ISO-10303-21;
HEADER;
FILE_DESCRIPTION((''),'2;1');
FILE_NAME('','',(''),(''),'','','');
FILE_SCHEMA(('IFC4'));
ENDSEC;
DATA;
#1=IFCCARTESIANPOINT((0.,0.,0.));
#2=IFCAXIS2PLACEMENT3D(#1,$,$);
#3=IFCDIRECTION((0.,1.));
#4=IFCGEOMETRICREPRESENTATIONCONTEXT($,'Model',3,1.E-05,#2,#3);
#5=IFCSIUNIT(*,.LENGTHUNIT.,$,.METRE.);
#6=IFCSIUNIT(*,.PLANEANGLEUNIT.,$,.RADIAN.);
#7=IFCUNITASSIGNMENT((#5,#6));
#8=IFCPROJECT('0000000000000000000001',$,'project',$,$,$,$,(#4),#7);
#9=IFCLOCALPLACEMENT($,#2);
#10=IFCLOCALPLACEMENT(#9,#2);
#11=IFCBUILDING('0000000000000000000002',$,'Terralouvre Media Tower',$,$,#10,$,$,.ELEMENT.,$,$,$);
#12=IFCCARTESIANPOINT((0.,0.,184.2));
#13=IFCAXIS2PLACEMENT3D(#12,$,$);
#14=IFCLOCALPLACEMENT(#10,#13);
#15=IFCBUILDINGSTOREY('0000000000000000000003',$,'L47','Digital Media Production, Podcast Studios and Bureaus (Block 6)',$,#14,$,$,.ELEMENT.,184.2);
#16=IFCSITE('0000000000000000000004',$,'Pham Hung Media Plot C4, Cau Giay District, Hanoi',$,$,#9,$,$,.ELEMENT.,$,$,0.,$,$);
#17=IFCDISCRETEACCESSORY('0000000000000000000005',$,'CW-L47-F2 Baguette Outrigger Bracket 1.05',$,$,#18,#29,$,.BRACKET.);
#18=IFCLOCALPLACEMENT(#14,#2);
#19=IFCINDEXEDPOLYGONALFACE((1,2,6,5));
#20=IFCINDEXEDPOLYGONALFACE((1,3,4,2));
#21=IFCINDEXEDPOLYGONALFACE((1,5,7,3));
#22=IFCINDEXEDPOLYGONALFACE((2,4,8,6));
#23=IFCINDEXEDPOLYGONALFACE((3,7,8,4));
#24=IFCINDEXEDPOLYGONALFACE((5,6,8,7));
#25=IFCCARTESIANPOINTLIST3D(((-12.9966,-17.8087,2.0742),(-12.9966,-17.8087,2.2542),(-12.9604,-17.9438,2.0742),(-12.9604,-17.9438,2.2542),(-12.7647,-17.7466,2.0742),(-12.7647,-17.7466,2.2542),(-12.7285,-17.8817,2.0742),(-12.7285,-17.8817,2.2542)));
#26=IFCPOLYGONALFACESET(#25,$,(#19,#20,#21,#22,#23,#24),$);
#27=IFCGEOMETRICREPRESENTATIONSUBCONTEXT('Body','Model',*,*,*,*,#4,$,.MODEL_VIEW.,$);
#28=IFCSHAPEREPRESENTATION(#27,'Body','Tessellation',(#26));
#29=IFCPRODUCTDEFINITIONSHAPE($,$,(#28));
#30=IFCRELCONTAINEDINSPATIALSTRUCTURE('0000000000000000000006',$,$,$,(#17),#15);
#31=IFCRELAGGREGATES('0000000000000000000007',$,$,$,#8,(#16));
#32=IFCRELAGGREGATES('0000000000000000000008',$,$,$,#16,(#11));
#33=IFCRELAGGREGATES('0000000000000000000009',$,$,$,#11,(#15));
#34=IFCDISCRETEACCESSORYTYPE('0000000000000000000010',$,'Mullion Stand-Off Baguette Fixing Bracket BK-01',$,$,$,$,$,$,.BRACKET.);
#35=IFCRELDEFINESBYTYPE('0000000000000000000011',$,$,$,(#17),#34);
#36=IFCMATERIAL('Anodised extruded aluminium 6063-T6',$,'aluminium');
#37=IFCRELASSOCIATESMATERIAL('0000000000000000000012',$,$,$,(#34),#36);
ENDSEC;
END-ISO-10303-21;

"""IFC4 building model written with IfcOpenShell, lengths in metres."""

from ifc_helpers import new_model, si_unit, direction, frame, origin, origin_2d, place, context, subcontext, project, spatial, rectangle, extrude, material, type_object, element, save


model = new_model("IFC4")

# Units and contexts
model_context = context("Model", 3, precision=1e-05, world=origin(), true_north=direction((0.0, 1.0)))
body_context = subcontext(model_context, "Body", "Model", "MODEL_VIEW")
ifc_project = project(units=[si_unit("LENGTHUNIT", "METRE"), si_unit("PLANEANGLEUNIT", "RADIAN")], contexts=[model_context])

# Site, building, storey
site_placement = place(None, origin())
site = spatial("IfcSite", under=ifc_project, at=site_placement, Name="Pham Hung Media Plot C4, Cau Giay District, Hanoi", CompositionType="ELEMENT", RefElevation=0.0)
building_placement = place(site_placement, origin())
building = spatial("IfcBuilding", under=site, at=building_placement, Name="Terralouvre Media Tower", CompositionType="ELEMENT")
storey_placement = place(building_placement, frame((0.0, 0.0, 184.2)))
storey = spatial("IfcBuildingStorey", under=building, at=storey_placement, Name="L47", Description="Digital Media Production, Podcast Studios and Bureaus (Block 6)", CompositionType="ELEMENT", Elevation=184.2)

# Discrete accessory
ifc_material_1 = material(Name="Anodised extruded aluminium 6063-T6", Category="aluminium")
discrete_accessory_type = type_object("IfcDiscreteAccessoryType", Name="Mullion Stand-Off Baguette Fixing Bracket BK-01", PredefinedType="BRACKET", material=ifc_material_1)
discrete_accessory_placement = place(storey_placement, frame((-12.8625, -17.8452, 2.0742), z_axis=(0.0, 0.0, 1.0), x_axis=(0.258819, -0.965926, 0.0)))
element("IfcDiscreteAccessory", 1, at=discrete_accessory_placement, inside=storey, type_object=discrete_accessory_type, Name="CW-L47-F2 Baguette Outrigger Bracket 1.05", PredefinedType="BRACKET", context=body_context, shape_type="SweptSolid", body=[
    extrude(rectangle(XDim=0.1399, YDim=0.24, at=origin_2d()), origin(), (0.0, 0.0, 1.0), 0.1799),
])

save(model, "model.ifc")
